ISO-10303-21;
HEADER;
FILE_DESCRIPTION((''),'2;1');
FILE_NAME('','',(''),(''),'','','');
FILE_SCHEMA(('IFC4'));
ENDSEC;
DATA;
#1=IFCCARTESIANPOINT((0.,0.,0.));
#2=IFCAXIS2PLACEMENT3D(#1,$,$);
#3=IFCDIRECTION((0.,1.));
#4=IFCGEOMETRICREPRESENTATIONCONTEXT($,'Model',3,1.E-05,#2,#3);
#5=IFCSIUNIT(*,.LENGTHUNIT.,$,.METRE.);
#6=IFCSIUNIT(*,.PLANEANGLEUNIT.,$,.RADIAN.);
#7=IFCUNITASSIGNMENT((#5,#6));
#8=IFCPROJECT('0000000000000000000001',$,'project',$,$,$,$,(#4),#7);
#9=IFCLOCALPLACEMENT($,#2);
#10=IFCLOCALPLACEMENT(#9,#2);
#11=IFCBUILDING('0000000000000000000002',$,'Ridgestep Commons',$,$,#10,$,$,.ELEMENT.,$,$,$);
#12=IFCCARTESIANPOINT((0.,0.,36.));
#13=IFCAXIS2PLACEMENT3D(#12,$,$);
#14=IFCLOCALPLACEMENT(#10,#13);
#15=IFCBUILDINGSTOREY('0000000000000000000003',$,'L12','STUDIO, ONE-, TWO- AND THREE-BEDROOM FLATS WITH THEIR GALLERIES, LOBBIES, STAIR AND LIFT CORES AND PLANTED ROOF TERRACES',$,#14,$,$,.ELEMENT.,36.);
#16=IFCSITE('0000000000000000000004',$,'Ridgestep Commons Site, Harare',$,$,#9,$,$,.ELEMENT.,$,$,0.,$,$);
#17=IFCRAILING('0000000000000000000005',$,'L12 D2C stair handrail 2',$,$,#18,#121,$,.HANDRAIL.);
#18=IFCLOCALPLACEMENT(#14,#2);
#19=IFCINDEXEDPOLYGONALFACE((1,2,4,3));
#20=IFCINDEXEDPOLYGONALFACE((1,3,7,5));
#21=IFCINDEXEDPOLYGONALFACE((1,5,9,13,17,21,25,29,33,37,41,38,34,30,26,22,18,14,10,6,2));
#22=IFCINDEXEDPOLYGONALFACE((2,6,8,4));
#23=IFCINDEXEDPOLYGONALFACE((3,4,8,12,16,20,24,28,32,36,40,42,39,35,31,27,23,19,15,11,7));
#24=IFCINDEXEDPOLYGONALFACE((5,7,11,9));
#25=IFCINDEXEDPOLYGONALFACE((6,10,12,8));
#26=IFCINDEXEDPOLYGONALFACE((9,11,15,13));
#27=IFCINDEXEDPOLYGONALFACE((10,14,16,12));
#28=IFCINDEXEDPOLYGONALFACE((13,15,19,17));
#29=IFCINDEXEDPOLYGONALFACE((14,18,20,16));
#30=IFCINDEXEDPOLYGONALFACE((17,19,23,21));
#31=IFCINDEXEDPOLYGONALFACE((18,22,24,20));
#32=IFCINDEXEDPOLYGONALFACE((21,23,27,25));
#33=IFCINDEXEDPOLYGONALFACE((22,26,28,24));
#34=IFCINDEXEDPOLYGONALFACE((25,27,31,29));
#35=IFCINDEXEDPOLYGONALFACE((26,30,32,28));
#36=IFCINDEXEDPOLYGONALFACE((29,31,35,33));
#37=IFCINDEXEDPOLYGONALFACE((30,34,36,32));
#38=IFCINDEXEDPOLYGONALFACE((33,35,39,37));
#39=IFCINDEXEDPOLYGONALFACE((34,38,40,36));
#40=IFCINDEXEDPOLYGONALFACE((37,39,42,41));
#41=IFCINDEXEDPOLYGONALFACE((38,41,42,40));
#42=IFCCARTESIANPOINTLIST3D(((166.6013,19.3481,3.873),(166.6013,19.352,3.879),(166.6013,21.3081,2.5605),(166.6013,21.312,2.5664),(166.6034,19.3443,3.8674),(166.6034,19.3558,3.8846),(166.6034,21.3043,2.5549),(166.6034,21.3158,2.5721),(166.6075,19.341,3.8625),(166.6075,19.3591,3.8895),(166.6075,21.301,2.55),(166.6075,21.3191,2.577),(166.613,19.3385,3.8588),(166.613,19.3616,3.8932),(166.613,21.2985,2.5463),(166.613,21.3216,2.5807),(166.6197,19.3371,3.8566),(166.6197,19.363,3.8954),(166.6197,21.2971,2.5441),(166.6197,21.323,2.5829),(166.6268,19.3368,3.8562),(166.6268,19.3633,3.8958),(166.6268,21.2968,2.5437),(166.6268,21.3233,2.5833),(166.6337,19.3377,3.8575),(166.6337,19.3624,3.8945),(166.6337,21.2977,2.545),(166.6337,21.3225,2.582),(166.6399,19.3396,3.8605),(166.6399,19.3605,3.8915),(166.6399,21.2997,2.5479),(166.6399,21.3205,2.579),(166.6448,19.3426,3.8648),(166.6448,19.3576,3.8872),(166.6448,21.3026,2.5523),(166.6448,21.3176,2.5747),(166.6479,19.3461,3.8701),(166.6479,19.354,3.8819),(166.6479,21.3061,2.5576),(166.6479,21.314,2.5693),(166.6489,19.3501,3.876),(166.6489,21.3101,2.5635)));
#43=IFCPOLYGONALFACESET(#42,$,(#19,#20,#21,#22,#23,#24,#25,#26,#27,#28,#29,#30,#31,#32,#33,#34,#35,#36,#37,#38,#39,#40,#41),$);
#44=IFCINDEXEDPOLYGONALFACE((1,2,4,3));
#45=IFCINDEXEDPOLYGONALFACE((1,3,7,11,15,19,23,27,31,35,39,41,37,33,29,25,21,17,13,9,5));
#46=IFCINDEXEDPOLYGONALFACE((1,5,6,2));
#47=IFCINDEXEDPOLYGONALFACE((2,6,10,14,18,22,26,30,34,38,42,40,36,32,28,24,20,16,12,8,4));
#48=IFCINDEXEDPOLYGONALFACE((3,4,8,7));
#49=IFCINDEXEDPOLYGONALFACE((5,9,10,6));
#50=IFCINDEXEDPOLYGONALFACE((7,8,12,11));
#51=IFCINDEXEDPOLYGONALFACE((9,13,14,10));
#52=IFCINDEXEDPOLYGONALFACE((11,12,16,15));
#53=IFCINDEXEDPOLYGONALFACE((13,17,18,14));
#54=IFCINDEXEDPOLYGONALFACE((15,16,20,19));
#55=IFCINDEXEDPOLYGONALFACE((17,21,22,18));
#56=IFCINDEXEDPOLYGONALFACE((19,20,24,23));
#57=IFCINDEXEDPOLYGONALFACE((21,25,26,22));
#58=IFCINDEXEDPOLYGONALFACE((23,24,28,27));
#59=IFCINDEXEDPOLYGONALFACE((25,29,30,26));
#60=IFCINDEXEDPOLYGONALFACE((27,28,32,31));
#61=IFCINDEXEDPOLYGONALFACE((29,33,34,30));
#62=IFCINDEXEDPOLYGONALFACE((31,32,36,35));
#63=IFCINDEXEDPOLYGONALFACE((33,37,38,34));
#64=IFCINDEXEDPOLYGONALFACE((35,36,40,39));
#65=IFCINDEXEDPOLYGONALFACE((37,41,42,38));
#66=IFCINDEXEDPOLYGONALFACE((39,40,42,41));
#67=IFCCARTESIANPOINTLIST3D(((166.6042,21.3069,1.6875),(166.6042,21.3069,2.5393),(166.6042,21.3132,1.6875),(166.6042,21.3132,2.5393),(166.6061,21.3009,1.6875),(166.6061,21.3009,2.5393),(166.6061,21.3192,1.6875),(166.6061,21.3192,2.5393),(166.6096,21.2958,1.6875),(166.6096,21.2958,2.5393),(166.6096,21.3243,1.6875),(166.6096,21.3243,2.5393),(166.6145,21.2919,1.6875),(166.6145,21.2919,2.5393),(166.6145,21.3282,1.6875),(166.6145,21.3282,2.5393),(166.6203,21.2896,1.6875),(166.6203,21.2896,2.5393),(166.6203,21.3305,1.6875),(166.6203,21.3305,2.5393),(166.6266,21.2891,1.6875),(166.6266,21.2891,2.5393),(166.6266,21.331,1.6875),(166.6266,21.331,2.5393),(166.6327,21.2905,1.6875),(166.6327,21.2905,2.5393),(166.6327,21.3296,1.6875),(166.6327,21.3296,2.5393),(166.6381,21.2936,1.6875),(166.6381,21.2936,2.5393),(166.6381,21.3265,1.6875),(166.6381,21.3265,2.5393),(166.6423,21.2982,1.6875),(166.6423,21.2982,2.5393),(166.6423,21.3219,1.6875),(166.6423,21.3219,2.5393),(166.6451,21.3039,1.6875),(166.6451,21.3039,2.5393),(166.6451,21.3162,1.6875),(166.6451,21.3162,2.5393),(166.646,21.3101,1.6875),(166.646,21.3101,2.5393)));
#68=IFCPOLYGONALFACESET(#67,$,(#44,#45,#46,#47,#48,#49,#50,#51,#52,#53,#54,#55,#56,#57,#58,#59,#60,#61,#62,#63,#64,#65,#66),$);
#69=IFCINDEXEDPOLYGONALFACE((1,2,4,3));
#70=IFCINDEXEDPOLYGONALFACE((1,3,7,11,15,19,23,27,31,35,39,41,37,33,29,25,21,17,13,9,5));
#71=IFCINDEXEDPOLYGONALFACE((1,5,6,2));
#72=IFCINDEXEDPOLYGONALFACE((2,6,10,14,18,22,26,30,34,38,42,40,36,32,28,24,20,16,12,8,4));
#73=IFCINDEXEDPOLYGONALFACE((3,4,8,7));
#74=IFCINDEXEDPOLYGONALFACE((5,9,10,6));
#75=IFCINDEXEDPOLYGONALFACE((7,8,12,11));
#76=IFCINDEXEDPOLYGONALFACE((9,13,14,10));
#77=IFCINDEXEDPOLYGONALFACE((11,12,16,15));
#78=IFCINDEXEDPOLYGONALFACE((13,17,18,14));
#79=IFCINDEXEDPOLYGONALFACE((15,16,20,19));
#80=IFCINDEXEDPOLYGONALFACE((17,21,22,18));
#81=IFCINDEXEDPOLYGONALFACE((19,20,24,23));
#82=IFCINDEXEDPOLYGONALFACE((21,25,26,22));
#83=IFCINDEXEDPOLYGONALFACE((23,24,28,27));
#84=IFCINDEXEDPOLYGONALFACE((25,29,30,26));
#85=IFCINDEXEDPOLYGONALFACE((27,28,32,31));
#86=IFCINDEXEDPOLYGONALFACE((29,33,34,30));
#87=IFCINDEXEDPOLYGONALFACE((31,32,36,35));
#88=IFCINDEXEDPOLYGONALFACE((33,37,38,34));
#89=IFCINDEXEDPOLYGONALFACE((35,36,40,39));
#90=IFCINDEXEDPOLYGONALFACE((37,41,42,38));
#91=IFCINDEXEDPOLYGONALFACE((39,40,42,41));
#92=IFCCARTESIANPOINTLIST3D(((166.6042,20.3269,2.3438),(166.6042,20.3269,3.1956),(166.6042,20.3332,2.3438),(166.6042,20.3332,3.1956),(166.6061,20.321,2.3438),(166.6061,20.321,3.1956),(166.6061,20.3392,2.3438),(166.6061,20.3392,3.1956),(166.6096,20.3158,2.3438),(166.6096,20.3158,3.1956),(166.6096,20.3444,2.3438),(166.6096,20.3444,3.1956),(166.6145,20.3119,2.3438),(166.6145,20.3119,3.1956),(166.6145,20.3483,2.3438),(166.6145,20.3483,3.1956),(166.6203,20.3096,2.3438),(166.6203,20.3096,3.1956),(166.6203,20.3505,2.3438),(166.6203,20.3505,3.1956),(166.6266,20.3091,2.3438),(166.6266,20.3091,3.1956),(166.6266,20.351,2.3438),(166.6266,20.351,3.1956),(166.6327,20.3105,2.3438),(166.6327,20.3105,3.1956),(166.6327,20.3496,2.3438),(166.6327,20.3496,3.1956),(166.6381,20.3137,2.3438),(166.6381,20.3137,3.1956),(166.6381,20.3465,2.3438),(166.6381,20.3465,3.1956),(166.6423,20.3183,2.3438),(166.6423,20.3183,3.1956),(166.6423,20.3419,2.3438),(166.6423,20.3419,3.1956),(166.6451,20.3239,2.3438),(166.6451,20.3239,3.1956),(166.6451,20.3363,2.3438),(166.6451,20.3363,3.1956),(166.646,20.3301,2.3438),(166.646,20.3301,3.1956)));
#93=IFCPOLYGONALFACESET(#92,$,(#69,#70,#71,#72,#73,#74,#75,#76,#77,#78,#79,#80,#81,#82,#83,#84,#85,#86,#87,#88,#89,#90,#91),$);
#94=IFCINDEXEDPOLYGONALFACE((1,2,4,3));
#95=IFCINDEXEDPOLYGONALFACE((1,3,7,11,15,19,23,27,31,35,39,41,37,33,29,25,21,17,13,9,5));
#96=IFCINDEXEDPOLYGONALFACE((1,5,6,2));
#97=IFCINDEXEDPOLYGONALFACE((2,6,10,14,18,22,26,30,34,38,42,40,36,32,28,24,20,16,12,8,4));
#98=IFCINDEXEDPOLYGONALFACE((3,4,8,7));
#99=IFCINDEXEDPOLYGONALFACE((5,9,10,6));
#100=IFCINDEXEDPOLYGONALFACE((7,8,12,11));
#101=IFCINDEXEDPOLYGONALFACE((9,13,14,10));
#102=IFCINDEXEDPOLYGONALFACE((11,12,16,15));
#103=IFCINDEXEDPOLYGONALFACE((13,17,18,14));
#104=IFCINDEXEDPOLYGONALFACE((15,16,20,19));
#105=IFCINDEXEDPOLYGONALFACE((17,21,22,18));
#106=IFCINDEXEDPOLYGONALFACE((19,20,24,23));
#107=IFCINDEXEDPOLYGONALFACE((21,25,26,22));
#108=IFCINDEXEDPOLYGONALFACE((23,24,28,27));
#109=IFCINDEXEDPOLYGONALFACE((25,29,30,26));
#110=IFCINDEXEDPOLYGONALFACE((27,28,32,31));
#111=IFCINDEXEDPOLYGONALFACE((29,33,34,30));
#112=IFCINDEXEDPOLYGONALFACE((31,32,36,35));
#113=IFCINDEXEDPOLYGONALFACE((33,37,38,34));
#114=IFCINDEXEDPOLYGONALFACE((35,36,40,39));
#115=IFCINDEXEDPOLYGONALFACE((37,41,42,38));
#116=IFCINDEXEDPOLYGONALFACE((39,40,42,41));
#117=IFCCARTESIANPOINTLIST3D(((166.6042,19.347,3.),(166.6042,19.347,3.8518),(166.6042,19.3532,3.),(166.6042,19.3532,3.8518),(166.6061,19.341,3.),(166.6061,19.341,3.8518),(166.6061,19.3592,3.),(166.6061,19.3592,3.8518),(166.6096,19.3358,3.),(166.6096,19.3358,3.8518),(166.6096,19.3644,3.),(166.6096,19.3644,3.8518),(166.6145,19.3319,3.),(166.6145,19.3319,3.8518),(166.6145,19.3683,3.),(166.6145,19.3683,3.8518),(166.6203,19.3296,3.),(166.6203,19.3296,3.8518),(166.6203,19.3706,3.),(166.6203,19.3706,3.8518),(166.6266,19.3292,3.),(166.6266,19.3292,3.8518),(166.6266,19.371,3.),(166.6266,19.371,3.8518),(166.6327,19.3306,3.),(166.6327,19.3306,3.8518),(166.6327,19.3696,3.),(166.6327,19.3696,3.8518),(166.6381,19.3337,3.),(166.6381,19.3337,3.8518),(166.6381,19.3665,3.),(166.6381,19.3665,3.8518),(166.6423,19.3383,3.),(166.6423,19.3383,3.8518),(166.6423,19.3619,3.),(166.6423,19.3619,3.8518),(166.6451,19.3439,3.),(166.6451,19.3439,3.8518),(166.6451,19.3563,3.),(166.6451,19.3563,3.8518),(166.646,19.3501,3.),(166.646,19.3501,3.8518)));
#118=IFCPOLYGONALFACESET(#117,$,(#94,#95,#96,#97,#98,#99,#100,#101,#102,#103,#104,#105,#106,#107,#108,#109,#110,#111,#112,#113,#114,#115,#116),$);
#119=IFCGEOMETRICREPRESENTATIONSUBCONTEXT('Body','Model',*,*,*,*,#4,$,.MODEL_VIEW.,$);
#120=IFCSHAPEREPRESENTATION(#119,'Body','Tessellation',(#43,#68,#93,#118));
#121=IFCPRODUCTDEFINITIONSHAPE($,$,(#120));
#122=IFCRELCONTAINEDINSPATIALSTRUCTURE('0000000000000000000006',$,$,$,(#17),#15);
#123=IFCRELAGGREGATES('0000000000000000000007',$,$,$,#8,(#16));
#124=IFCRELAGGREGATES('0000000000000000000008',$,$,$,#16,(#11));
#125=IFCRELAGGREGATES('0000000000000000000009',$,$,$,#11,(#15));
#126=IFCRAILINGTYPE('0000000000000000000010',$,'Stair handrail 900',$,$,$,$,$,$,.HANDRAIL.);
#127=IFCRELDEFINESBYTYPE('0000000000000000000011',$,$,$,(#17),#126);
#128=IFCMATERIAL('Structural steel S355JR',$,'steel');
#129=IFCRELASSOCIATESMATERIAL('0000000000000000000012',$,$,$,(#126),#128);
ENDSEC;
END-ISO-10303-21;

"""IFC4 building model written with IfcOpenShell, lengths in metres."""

from ifc_helpers import new_model, si_unit, direction, frame, origin, origin_2d, place, context, subcontext, project, spatial, circle, extrude, material, type_object, element, save


model = new_model("IFC4")

# Units and contexts
model_context = context("Model", 3, precision=1e-05, world=origin(), true_north=direction((0.0, 1.0)))
body_context = subcontext(model_context, "Body", "Model", "MODEL_VIEW")
ifc_project = project(units=[si_unit("LENGTHUNIT", "METRE"), si_unit("PLANEANGLEUNIT", "RADIAN")], contexts=[model_context])

# Site, building, storey
site_placement = place(None, origin())
site = spatial("IfcSite", under=ifc_project, at=site_placement, Name="Ridgestep Commons Site, Harare", CompositionType="ELEMENT", RefElevation=0.0)
building_placement = place(site_placement, origin())
building = spatial("IfcBuilding", under=site, at=building_placement, Name="Ridgestep Commons", CompositionType="ELEMENT")
storey_placement = place(building_placement, frame((0.0, 0.0, 36.0)))
storey = spatial("IfcBuildingStorey", under=building, at=storey_placement, Name="L12", Description="STUDIO, ONE-, TWO- AND THREE-BEDROOM FLATS WITH THEIR GALLERIES, LOBBIES, STAIR AND LIFT CORES AND PLANTED ROOF TERRACES", CompositionType="ELEMENT", Elevation=36.0)

# Railing
ifc_material_1 = material(Name="Structural steel S355JR", Category="steel")
railing_type_1 = type_object("IfcRailingType", Name="Stair handrail 900", PredefinedType="HANDRAIL", material=ifc_material_1)
railing_1_placement = place(storey_placement, frame((166.625, 21.3101, 1.6875)))
element("IfcRailing", 1, at=railing_1_placement, inside=storey, type_object=railing_type_1, Name="L12 D2C stair handrail 2", PredefinedType="HANDRAIL", context=body_context, shape_type="SweptSolid", body=[
    extrude(circle(Radius=0.0239, at=origin_2d()), frame((0.0, 0.0, 0.876), z_axis=(0.0, -0.830902, 0.556419), x_axis=(1.0, 0.0, 0.0)), (0.0, 0.0, 1.0), 2.3589),
    extrude(circle(Radius=0.021, at=origin_2d()), origin(), (0.0, 0.0, 1.0), 0.8518),
    extrude(circle(Radius=0.021, at=origin_2d()), frame((0.0, -0.98, 0.6562)), (0.0, 0.0, 1.0), 0.8518),
    extrude(circle(Radius=0.021, at=origin_2d()), frame((0.0, -1.96, 1.3125)), (0.0, 0.0, 1.0), 0.8518),
])

save(model, "model.ifc")
